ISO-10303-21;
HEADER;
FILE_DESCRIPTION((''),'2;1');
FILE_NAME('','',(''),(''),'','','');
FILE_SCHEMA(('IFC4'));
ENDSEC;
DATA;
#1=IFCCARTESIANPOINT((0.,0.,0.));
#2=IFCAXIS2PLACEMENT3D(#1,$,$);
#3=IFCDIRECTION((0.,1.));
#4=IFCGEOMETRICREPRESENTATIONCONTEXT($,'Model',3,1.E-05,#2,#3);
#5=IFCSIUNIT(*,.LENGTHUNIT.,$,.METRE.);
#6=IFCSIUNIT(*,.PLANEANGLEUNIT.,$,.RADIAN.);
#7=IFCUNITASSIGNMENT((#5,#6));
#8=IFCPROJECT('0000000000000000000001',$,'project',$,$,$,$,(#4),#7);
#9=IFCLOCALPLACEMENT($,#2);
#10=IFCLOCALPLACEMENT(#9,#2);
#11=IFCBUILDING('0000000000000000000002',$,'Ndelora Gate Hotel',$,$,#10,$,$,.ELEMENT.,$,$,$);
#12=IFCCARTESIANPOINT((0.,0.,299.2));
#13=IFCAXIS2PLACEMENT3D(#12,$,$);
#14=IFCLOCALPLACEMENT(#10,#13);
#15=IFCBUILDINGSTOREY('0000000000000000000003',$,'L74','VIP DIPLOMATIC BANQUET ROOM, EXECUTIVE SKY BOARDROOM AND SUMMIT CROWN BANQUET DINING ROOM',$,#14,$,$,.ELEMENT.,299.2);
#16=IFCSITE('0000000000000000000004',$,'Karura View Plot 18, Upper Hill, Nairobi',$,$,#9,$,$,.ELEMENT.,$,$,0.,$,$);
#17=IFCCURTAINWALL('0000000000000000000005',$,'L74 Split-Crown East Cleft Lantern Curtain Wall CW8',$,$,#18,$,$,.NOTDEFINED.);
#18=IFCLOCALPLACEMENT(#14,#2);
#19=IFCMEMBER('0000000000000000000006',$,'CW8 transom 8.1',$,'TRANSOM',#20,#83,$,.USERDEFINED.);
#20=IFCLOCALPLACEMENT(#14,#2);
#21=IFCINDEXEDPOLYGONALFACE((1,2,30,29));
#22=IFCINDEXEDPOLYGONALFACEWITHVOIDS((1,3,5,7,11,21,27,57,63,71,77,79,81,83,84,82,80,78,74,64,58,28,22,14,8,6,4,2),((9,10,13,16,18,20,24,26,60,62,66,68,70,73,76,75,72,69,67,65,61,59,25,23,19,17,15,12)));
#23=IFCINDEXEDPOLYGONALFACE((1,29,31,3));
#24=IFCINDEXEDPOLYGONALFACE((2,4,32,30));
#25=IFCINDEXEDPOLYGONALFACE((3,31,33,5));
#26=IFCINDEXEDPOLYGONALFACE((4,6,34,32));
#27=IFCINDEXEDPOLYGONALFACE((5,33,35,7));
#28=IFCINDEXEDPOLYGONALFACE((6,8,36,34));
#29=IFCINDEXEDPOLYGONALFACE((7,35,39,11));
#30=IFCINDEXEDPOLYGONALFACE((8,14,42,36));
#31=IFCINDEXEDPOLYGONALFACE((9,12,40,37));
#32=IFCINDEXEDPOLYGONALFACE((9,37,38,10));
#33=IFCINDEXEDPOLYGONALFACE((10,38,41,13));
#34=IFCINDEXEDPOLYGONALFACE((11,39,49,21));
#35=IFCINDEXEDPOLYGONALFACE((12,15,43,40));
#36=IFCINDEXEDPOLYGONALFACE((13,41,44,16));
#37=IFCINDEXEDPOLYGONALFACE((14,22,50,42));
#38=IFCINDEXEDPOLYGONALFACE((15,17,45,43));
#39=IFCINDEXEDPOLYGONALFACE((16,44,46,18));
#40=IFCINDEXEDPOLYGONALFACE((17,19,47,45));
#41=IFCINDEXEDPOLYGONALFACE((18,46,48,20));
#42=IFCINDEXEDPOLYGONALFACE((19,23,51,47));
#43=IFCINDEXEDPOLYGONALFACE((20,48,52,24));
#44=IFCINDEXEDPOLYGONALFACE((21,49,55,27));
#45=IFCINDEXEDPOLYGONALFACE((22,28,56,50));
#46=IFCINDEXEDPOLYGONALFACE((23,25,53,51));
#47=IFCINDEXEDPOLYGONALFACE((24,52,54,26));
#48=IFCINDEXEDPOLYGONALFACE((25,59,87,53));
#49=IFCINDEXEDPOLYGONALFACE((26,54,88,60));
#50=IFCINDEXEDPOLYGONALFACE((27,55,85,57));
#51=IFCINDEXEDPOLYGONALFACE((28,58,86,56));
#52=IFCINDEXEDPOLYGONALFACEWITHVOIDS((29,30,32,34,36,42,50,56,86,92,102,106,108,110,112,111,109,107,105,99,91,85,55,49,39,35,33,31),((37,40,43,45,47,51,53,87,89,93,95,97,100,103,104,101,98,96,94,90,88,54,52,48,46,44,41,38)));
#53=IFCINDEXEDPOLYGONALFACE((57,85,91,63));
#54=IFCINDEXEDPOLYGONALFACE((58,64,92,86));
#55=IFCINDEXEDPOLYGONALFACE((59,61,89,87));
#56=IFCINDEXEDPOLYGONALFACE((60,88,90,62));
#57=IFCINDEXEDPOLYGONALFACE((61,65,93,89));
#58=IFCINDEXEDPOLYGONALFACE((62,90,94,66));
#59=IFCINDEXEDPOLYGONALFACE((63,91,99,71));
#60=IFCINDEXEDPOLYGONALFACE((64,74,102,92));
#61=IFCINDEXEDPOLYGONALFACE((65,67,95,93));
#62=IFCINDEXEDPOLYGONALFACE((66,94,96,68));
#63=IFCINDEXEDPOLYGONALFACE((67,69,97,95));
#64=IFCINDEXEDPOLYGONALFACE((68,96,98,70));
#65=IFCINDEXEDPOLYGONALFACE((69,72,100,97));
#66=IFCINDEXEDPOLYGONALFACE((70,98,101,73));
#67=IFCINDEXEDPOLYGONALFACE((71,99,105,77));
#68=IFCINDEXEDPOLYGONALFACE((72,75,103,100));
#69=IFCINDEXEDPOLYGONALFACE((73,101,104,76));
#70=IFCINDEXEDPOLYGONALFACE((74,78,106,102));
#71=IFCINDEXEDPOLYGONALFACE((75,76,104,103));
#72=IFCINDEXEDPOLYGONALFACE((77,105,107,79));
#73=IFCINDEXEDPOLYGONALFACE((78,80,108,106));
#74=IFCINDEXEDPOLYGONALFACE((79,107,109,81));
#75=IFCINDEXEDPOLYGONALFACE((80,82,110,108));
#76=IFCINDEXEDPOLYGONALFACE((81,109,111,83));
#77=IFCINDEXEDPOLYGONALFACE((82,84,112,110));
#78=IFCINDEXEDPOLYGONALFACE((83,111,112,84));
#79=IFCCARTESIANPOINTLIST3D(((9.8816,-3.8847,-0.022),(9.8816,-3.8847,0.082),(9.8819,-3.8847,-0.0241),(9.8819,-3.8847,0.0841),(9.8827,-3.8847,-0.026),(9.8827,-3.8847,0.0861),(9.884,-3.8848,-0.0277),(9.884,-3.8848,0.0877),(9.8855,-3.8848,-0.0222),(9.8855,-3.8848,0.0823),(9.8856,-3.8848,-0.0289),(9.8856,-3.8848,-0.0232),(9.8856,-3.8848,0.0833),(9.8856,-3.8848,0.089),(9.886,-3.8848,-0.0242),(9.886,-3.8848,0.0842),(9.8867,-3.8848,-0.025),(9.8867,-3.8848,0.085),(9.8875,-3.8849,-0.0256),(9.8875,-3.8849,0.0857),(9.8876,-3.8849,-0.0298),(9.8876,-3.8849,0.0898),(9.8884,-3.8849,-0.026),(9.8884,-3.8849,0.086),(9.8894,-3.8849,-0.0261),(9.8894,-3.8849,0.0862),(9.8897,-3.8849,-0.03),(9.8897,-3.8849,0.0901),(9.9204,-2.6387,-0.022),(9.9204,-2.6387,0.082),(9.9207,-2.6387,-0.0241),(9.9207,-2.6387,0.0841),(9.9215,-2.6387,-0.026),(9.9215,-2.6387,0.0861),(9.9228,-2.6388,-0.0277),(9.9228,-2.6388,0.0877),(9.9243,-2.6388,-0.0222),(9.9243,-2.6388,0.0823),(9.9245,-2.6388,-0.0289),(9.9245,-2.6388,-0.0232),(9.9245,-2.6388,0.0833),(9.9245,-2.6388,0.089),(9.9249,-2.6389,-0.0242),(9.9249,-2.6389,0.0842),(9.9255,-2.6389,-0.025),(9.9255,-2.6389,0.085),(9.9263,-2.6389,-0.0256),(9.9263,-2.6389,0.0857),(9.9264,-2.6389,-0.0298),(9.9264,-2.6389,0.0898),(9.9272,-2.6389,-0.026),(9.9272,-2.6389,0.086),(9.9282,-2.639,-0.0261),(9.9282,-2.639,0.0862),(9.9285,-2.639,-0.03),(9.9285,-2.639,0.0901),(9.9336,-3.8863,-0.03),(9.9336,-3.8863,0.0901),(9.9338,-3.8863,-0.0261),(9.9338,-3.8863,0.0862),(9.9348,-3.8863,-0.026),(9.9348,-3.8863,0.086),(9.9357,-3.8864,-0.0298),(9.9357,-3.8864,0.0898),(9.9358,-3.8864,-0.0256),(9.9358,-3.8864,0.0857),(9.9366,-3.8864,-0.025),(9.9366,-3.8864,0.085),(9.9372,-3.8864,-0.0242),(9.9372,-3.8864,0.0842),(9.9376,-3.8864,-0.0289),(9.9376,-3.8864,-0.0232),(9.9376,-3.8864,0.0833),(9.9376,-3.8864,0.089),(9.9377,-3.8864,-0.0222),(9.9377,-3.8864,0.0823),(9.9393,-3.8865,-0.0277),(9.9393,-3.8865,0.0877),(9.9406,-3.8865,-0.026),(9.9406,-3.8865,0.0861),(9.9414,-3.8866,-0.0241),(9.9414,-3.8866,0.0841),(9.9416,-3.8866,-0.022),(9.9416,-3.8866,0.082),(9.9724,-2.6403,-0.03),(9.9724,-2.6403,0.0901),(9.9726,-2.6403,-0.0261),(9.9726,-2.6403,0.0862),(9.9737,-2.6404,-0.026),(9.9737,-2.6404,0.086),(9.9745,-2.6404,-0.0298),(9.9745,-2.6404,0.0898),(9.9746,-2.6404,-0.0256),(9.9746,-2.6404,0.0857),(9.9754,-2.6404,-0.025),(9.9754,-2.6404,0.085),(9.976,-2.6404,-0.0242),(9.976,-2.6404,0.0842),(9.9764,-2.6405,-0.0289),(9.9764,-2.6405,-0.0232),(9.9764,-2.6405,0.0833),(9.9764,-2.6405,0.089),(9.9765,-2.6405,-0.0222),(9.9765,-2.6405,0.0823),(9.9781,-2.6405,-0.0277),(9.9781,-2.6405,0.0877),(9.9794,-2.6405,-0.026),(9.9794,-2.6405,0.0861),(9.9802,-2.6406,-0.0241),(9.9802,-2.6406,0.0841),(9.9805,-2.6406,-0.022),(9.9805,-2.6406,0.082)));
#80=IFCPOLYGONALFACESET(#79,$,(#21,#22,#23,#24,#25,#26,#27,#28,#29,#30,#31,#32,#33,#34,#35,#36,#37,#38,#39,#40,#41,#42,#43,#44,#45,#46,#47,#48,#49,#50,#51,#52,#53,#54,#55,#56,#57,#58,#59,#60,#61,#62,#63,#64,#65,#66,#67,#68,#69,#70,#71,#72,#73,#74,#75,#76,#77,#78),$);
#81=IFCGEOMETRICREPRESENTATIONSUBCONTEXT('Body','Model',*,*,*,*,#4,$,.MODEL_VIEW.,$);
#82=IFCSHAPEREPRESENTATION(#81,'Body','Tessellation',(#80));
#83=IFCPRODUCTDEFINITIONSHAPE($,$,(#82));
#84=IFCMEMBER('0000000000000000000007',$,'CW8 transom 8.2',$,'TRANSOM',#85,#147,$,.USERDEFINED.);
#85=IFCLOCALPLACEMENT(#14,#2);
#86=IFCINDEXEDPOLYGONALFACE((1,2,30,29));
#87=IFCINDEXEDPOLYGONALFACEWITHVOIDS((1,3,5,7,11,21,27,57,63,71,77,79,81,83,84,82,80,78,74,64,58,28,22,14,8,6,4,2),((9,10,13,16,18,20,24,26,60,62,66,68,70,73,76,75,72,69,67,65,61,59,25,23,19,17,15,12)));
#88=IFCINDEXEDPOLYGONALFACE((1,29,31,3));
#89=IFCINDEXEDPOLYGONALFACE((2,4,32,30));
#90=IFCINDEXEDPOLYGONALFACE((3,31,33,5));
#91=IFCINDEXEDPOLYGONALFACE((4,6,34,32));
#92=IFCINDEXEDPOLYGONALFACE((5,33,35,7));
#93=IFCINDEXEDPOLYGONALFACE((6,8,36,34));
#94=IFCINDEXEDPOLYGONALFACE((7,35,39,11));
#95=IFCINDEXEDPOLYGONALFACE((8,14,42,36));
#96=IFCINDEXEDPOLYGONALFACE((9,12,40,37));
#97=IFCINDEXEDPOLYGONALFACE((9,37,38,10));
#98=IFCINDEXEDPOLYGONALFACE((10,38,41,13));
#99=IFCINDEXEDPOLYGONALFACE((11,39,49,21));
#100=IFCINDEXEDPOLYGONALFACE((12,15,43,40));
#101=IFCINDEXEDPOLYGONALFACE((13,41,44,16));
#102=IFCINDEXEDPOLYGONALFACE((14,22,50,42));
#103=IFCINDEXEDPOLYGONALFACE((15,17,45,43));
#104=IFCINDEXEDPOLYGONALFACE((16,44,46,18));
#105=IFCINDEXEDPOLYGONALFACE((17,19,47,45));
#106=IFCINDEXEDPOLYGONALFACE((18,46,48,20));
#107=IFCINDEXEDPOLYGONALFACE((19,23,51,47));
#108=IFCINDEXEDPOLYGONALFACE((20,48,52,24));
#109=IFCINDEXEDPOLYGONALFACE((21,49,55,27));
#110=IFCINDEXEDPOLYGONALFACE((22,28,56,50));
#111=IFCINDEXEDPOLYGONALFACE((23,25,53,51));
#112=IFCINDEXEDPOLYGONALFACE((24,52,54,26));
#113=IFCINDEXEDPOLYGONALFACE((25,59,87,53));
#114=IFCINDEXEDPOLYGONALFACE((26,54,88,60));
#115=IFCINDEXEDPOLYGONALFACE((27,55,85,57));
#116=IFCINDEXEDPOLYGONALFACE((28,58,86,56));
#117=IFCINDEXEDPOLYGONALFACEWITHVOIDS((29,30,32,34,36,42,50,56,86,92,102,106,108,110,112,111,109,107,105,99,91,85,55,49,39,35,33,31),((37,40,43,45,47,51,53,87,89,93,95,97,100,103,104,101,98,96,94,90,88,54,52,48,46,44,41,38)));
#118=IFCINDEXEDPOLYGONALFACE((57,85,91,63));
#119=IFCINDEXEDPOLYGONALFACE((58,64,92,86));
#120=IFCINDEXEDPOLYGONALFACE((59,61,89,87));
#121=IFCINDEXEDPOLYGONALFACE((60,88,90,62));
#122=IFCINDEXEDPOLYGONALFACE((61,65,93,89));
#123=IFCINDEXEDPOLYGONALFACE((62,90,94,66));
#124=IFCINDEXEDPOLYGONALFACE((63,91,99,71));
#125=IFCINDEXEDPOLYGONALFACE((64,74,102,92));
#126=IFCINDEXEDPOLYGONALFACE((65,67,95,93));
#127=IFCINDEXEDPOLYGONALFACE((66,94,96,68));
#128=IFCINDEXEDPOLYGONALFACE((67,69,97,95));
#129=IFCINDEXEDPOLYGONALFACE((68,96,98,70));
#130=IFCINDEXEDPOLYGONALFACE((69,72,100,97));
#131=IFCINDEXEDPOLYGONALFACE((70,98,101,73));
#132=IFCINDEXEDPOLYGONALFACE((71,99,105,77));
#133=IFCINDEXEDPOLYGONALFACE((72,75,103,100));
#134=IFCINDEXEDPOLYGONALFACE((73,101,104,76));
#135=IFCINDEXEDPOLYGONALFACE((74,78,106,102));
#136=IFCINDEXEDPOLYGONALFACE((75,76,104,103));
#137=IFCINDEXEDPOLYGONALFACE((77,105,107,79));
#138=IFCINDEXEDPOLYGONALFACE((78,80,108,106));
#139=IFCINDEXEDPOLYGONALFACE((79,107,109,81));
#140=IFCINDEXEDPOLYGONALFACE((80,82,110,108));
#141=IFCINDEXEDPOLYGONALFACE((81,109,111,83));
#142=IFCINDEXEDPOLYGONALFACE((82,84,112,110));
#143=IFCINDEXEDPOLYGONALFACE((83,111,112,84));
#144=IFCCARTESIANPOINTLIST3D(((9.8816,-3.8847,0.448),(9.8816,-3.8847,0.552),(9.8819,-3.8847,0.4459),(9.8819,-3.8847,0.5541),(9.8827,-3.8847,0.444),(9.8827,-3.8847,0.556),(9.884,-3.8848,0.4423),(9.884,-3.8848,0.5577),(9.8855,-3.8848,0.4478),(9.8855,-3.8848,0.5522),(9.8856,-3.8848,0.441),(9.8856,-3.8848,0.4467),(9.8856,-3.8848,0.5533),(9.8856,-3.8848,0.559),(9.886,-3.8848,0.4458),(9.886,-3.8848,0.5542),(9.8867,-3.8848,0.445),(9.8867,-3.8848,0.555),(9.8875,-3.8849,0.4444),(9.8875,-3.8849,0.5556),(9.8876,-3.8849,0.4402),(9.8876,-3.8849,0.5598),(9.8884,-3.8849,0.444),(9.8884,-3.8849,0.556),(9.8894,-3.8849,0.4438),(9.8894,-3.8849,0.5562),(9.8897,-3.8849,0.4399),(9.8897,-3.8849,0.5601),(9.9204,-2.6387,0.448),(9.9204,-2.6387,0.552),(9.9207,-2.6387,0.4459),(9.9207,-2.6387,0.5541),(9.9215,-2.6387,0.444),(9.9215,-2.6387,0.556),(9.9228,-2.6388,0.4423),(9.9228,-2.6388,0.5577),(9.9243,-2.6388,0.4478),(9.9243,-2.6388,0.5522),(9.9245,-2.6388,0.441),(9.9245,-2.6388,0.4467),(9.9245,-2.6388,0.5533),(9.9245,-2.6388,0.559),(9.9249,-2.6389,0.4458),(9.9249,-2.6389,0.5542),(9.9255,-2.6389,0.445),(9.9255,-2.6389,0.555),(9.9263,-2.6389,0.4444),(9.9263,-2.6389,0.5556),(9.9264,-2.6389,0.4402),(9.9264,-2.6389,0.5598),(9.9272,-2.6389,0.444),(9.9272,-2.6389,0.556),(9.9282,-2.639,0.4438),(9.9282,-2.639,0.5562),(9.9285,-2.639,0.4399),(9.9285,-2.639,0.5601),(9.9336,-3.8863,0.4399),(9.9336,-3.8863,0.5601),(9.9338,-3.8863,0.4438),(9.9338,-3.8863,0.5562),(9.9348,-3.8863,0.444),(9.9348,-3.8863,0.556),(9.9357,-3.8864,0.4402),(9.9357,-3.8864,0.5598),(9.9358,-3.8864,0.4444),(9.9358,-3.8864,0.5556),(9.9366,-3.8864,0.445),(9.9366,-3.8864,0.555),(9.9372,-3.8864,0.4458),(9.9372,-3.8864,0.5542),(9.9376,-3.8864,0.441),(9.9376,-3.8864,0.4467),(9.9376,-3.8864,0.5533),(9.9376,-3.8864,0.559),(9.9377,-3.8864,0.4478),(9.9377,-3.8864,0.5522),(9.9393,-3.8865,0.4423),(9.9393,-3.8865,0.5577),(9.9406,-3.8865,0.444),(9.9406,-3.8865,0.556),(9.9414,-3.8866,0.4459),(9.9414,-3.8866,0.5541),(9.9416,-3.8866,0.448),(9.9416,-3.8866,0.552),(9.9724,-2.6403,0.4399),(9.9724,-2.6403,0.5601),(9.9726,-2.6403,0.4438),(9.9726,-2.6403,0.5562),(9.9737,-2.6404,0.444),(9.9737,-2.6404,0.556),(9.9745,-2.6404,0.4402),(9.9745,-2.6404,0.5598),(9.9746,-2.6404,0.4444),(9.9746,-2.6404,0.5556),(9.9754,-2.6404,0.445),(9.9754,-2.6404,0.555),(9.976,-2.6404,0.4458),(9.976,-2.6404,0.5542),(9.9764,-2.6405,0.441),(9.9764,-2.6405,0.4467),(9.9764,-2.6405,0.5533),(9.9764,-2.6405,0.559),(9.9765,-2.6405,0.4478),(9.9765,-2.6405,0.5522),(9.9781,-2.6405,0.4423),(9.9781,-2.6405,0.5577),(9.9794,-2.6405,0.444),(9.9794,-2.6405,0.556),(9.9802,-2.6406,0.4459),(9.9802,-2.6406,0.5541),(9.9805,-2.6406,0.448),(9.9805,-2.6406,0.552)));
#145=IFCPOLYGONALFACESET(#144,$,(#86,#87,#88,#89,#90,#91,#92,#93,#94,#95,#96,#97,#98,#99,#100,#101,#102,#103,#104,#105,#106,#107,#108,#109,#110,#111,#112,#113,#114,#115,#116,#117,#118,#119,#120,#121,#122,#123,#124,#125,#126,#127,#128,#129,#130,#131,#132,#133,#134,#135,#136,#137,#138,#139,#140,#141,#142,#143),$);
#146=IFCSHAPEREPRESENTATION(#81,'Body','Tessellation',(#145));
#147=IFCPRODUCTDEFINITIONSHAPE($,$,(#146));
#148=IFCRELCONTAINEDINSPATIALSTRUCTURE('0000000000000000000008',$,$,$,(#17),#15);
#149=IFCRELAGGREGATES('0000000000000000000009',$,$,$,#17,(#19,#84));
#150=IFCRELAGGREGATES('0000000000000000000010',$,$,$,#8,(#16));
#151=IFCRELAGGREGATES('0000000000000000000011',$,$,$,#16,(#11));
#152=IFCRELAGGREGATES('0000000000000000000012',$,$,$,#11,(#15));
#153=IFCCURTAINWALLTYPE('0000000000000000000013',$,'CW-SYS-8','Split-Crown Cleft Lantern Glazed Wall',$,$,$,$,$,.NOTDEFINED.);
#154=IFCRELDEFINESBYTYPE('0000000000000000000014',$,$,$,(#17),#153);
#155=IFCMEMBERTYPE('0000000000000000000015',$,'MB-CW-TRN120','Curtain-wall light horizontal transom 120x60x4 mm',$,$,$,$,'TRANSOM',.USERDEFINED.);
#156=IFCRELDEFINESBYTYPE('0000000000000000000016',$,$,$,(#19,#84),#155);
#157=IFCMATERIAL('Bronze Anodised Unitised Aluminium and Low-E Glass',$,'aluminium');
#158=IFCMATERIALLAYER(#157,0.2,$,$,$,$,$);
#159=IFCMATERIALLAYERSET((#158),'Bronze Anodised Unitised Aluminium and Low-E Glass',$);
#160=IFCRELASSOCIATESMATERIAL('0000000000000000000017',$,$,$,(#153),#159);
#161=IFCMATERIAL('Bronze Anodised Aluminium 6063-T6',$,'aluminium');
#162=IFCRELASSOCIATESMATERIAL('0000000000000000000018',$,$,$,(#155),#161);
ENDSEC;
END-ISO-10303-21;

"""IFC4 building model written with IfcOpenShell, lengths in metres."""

from ifc_helpers import new_model, si_unit, direction, frame, origin, origin_2d, place, context, subcontext, project, spatial, hollow_rectangle, extrude, material, layer, layer_set, material_profile, profile_set, type_object, element, aggregate, save


model = new_model("IFC4")

# Units and contexts
model_context = context("Model", 3, precision=1e-05, world=origin(), true_north=direction((0.0, 1.0)))
body_context = subcontext(model_context, "Body", "Model", "MODEL_VIEW")
ifc_project = project(units=[si_unit("LENGTHUNIT", "METRE"), si_unit("PLANEANGLEUNIT", "RADIAN")], contexts=[model_context])

# Site, building, storey
site_placement = place(None, origin())
site = spatial("IfcSite", under=ifc_project, at=site_placement, Name="Karura View Plot 18, Upper Hill, Nairobi", CompositionType="ELEMENT", RefElevation=0.0)
building_placement = place(site_placement, origin())
building = spatial("IfcBuilding", under=site, at=building_placement, Name="Ndelora Gate Hotel", CompositionType="ELEMENT")
storey_placement = place(building_placement, frame((0.0, 0.0, 299.2)))
storey = spatial("IfcBuildingStorey", under=building, at=storey_placement, Name="L74", Description="VIP DIPLOMATIC BANQUET ROOM, EXECUTIVE SKY BOARDROOM AND SUMMIT CROWN BANQUET DINING ROOM", CompositionType="ELEMENT", Elevation=299.2)

# Shared definitions
ifc_material_1 = material(Name="Bronze Anodised Unitised Aluminium and Low-E Glass", Category="aluminium")
ifc_layer_1 = layer(ifc_material_1, 0.2)
ifc_layer_set_1 = layer_set([ifc_layer_1], Name="Bronze Anodised Unitised Aluminium and Low-E Glass")
curtain_wall_type = type_object("IfcCurtainWallType", Name="CW-SYS-8", Description="Split-Crown Cleft Lantern Glazed Wall", PredefinedType="NOTDEFINED", material=ifc_layer_set_1)
ifc_material_2 = material(Name="Bronze Anodised Aluminium 6063-T6", Category="aluminium")

# Curtain wall, members
curtain_wall_1_placement = place(storey_placement, origin())
curtain_wall_1 = element("IfcCurtainWall", 1, at=curtain_wall_1_placement, inside=storey, type_object=curtain_wall_type, Name="L74 Split-Crown East Cleft Lantern Curtain Wall CW8", PredefinedType="NOTDEFINED")
ifc_material_profile_1 = material_profile(ifc_material_2, hollow_rectangle(XDim=0.0601, YDim=0.1201, WallThickness=0.0039, InnerFilletRadius=0.0039, OuterFilletRadius=0.0081, at=origin_2d()), Name="ALU 120x60x4")
ifc_profile_set_1 = profile_set([ifc_material_profile_1], Name="Bronze Anodised Aluminium 6063-T6")
member_type_1 = type_object("IfcMemberType", Name="MB-CW-TRN120", Description="Curtain-wall light horizontal transom 120x60x4 mm", ElementType="TRANSOM", PredefinedType="USERDEFINED", material=ifc_profile_set_1)
member_1_placement = place(storey_placement, frame((9.9504, -2.6396, 0.03), z_axis=(-0.031137, -0.999515, 0.0), x_axis=(0.999515, -0.031137, 0.0)))
member_1 = element("IfcMember", 2, at=member_1_placement, type_object=member_type_1, Name="CW8 transom 8.1", ObjectType="TRANSOM", PredefinedType="USERDEFINED", context=body_context, shape_type="SweptSolid", body=[
    extrude(hollow_rectangle(XDim=0.0601, YDim=0.1201, WallThickness=0.0039, InnerFilletRadius=0.0039, OuterFilletRadius=0.0081, at=origin_2d()), origin(), (0.0, 0.0, 1.0), 1.2466),
])
member_2_placement = place(storey_placement, frame((9.9504, -2.6396, 0.5), z_axis=(-0.031137, -0.999515, 0.0), x_axis=(0.999515, -0.031137, 0.0)))
member_2 = element("IfcMember", 3, at=member_2_placement, type_object=member_type_1, Name="CW8 transom 8.2", ObjectType="TRANSOM", PredefinedType="USERDEFINED", context=body_context, shape_type="SweptSolid", body=[
    extrude(hollow_rectangle(XDim=0.0601, YDim=0.1201, WallThickness=0.0039, InnerFilletRadius=0.0039, OuterFilletRadius=0.0081, at=origin_2d()), origin(), (0.0, 0.0, 1.0), 1.2466),
])

aggregate(curtain_wall_1, [member_1, member_2])

save(model, "model.ifc")
